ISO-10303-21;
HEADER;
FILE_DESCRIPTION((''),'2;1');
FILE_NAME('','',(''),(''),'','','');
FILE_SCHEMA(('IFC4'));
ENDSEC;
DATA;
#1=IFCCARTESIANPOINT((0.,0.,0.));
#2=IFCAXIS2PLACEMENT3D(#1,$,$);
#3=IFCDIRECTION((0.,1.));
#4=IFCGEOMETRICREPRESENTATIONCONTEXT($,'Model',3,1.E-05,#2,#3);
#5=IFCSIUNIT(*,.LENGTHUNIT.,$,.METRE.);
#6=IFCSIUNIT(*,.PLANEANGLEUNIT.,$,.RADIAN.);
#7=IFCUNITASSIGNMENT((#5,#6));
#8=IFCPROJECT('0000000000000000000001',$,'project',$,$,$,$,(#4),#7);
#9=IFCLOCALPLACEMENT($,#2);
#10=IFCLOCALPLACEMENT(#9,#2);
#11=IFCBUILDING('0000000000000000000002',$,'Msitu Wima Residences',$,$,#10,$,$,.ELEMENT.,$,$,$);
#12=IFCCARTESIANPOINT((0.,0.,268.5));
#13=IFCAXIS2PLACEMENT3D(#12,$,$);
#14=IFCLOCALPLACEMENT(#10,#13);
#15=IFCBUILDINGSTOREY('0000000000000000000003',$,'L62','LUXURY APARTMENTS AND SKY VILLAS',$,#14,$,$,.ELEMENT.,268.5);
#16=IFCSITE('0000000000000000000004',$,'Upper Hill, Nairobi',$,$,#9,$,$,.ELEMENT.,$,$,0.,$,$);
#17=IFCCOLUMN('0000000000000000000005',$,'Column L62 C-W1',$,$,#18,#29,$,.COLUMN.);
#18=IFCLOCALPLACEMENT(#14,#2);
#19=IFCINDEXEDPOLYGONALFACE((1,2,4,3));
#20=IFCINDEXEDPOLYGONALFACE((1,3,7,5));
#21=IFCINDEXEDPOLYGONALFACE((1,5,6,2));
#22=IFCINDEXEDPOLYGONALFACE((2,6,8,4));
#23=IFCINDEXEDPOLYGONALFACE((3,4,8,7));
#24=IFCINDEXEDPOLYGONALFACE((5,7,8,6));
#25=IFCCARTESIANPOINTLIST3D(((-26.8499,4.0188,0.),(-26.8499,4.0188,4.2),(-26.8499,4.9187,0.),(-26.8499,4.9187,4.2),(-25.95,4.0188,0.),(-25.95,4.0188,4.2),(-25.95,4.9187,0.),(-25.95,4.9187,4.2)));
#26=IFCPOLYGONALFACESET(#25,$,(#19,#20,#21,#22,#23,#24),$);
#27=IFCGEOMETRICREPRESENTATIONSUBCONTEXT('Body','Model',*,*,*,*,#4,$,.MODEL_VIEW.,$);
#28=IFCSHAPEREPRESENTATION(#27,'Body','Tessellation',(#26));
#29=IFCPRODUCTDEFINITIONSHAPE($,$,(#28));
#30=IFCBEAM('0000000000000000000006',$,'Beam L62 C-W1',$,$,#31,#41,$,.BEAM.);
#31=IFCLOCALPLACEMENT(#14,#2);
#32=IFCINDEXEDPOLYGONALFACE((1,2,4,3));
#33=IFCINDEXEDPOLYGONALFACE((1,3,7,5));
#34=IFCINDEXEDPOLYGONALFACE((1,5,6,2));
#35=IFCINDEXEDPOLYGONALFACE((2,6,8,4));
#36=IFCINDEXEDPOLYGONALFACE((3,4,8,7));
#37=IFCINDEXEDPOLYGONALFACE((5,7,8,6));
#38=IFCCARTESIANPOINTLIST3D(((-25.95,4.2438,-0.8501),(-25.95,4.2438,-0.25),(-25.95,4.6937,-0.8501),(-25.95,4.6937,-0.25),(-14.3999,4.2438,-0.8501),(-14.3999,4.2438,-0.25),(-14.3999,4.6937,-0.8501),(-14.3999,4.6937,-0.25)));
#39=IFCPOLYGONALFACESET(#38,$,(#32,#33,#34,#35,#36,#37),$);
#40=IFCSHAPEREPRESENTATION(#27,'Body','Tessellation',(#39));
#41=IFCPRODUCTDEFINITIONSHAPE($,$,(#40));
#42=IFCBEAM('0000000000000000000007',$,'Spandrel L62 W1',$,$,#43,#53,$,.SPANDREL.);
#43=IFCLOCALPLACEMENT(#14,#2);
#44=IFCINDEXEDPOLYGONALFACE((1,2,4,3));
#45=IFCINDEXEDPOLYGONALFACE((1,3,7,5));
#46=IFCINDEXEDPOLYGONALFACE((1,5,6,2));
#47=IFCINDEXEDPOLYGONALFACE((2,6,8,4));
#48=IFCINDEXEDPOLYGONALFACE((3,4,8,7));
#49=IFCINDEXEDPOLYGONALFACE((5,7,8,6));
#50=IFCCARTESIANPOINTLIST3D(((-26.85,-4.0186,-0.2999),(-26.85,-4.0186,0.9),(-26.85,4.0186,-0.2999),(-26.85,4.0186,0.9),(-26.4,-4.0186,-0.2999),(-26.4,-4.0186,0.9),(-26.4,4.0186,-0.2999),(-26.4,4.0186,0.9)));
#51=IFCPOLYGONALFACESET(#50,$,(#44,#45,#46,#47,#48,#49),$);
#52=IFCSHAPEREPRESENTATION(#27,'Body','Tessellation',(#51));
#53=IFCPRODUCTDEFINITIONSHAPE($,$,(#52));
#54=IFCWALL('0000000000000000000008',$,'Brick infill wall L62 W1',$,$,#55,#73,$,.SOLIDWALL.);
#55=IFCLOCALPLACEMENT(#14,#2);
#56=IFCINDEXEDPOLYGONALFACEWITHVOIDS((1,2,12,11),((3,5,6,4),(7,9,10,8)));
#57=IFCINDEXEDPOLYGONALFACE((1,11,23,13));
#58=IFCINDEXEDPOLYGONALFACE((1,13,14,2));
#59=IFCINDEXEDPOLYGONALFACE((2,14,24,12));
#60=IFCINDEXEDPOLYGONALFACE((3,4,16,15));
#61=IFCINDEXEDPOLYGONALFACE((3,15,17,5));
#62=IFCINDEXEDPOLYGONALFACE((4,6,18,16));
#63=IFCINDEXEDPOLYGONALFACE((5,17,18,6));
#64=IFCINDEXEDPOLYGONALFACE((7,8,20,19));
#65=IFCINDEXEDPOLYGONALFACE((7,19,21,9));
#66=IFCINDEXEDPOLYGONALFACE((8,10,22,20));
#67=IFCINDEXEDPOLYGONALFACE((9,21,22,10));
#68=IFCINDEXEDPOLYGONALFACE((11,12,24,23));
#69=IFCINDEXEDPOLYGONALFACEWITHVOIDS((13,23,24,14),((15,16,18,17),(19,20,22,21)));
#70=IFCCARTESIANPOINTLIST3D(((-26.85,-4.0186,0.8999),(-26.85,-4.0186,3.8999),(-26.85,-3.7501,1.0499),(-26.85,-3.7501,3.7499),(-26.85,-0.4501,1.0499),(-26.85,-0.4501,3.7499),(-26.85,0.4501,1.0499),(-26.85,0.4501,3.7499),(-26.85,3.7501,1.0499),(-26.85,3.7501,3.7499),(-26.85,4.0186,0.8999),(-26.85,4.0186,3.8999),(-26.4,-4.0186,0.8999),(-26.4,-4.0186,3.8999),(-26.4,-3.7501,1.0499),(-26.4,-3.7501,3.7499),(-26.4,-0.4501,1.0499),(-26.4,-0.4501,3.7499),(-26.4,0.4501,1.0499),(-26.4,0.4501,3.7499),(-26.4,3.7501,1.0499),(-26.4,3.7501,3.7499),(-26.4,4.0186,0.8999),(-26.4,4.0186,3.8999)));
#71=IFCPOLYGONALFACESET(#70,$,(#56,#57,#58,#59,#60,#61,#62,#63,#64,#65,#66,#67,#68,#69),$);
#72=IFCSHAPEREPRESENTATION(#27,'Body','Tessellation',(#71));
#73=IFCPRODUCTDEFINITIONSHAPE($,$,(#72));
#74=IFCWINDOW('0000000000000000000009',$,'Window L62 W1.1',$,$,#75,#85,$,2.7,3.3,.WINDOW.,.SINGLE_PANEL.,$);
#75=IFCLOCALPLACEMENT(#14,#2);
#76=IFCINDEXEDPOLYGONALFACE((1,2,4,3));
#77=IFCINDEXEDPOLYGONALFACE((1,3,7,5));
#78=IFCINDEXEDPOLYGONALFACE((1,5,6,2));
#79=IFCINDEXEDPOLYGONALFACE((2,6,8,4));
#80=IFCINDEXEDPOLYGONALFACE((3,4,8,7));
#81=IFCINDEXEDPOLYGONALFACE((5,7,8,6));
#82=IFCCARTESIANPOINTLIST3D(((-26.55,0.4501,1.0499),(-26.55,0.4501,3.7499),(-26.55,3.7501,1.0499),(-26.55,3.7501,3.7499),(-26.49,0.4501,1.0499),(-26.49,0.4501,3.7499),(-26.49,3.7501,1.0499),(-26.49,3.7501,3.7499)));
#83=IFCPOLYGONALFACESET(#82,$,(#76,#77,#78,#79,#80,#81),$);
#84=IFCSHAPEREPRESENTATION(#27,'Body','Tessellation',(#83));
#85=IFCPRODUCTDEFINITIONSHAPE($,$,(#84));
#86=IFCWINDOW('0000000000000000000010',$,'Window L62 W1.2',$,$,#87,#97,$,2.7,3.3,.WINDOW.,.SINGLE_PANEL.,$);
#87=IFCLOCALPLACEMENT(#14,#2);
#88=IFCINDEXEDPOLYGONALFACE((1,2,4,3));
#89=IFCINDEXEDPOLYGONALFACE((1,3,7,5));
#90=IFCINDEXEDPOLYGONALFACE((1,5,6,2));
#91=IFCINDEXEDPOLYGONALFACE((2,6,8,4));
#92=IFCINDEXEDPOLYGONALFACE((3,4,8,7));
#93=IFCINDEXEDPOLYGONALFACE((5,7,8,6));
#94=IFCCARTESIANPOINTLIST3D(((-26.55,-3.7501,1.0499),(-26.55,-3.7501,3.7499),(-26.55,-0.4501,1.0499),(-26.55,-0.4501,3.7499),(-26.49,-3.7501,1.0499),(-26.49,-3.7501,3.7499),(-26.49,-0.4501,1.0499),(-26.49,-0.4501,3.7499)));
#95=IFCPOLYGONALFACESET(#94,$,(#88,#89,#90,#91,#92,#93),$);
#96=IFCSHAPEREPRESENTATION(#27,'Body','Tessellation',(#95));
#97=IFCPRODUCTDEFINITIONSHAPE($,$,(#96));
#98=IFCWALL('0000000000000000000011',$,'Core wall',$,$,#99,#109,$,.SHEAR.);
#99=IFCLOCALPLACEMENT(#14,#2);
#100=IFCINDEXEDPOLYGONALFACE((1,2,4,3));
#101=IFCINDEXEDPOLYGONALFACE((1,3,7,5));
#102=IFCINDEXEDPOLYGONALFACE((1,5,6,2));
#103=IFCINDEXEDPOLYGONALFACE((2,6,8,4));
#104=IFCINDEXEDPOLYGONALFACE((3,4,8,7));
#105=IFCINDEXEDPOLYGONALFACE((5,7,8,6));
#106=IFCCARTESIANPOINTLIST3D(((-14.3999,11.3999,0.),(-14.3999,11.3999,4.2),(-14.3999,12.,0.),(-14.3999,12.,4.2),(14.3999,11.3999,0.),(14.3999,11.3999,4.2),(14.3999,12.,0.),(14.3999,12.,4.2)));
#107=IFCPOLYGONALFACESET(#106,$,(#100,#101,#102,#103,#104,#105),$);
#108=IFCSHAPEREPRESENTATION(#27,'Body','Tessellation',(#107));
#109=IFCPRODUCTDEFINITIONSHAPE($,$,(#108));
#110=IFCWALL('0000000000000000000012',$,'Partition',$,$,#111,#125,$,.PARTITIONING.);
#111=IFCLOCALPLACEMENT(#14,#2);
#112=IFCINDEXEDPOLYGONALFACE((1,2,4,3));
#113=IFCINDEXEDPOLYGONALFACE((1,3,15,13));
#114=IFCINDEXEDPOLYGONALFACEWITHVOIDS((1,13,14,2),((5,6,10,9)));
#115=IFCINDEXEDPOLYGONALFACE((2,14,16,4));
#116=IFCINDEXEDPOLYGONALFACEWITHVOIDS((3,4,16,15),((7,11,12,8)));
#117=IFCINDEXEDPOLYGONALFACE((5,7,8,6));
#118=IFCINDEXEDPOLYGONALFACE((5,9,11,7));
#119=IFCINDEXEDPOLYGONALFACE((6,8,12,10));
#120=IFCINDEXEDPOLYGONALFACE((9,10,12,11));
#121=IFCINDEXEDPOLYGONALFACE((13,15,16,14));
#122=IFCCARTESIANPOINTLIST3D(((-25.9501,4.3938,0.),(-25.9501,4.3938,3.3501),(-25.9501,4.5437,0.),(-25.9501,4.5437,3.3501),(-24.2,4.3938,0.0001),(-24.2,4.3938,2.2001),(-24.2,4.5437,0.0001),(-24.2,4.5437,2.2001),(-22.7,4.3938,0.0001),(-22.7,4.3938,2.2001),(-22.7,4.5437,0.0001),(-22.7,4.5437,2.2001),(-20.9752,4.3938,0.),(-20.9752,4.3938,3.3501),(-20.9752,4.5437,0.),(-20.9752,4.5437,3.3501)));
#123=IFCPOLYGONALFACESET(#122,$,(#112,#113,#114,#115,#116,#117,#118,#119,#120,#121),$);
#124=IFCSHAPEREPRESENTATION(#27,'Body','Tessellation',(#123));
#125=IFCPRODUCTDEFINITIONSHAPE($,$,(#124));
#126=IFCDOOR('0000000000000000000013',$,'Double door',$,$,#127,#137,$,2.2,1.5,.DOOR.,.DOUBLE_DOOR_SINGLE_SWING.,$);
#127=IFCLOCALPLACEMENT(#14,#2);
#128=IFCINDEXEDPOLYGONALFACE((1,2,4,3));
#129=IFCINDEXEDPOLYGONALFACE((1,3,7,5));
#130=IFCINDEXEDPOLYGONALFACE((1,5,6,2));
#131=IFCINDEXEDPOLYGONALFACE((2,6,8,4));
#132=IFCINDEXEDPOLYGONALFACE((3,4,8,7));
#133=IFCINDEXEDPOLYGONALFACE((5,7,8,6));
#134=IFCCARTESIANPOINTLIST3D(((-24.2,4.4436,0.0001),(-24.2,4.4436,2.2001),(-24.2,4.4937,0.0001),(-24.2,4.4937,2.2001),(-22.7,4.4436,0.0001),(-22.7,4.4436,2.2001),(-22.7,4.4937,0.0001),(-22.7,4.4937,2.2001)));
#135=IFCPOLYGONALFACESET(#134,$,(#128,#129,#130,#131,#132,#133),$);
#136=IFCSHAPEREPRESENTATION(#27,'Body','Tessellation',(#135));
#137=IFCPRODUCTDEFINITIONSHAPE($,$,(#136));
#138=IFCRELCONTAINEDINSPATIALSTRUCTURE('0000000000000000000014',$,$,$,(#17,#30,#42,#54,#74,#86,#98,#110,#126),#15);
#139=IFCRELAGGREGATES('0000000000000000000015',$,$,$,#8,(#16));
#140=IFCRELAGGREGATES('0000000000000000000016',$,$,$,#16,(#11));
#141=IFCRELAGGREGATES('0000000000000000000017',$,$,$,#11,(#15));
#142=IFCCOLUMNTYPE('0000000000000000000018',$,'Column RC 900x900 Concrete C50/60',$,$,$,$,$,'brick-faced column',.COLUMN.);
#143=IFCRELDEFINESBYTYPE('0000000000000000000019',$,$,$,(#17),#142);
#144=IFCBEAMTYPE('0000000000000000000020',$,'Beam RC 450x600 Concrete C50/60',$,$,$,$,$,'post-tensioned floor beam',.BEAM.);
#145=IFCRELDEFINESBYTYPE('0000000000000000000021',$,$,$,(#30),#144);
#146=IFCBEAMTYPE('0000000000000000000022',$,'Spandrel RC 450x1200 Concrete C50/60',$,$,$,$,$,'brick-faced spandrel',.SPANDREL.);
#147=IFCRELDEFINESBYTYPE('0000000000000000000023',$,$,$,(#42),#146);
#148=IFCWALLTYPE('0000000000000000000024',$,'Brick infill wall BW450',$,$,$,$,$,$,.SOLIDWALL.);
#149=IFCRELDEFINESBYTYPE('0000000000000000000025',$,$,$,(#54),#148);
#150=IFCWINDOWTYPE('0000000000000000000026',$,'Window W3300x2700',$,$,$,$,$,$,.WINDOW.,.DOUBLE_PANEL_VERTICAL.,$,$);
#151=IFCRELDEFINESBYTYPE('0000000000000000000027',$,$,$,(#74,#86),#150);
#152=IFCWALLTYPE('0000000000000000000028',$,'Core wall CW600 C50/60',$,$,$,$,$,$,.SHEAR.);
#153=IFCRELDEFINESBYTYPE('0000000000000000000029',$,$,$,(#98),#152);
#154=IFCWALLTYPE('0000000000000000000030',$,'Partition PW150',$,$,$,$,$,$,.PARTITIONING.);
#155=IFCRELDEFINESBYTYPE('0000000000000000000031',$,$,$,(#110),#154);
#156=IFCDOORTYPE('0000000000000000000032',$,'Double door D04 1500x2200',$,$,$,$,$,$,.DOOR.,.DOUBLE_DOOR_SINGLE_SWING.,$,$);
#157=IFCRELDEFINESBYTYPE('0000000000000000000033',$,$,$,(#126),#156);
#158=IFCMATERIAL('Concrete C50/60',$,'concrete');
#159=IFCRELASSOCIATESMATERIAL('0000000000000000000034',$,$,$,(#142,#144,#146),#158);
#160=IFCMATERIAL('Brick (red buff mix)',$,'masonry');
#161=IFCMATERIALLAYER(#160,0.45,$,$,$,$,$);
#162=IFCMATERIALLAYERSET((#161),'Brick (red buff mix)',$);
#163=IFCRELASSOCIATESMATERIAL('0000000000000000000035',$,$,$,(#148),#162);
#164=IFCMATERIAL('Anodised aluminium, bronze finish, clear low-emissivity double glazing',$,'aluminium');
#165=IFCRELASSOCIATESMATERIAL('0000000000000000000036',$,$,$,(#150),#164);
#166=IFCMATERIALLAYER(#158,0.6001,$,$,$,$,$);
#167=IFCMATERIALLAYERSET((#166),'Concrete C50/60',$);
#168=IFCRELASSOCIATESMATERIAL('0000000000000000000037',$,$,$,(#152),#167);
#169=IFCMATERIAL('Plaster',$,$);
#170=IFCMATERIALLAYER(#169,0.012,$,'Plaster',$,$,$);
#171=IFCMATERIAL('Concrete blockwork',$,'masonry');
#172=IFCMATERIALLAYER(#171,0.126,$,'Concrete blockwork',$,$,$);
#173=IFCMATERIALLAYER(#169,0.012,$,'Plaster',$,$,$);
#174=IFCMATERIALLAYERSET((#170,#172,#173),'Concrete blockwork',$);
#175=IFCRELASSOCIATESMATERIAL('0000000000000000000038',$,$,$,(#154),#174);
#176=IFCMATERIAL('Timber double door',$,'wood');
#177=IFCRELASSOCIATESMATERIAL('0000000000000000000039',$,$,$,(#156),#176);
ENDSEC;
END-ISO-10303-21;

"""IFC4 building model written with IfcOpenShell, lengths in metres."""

from ifc_helpers import new_model, si_unit, direction, frame, frame_2d, origin, origin_2d, place, context, subcontext, project, spatial, rectangle, extrude, material, layer, layer_set, material_profile, profile_set, type_object, element, fill, save


model = new_model("IFC4")

# Units and contexts
model_context = context("Model", 3, precision=1e-05, world=origin(), true_north=direction((0.0, 1.0)))
body_context = subcontext(model_context, "Body", "Model", "MODEL_VIEW")
ifc_project = project(units=[si_unit("LENGTHUNIT", "METRE"), si_unit("PLANEANGLEUNIT", "RADIAN")], contexts=[model_context])

# Site, building, storey
site_placement = place(None, origin())
site = spatial("IfcSite", under=ifc_project, at=site_placement, Name="Upper Hill, Nairobi", CompositionType="ELEMENT", RefElevation=0.0)
building_placement = place(site_placement, origin())
building = spatial("IfcBuilding", under=site, at=building_placement, Name="Msitu Wima Residences", CompositionType="ELEMENT")
storey_placement = place(building_placement, frame((0.0, 0.0, 268.5)))
storey = spatial("IfcBuildingStorey", under=building, at=storey_placement, Name="L62", Description="LUXURY APARTMENTS AND SKY VILLAS", CompositionType="ELEMENT", Elevation=268.5)

# Column
ifc_material_1 = material(Name="Concrete C50/60", Category="concrete")
ifc_material_profile_1 = material_profile(ifc_material_1, rectangle(XDim=0.8999, YDim=0.8999, at=origin_2d()), Name="RC 900x900")
ifc_profile_set_1 = profile_set([ifc_material_profile_1], Name="Concrete C50/60")
column_type = type_object("IfcColumnType", Name="Column RC 900x900 Concrete C50/60", ElementType="brick-faced column", PredefinedType="COLUMN", material=ifc_profile_set_1)
column_placement = place(storey_placement, frame((-26.3999, 4.4688, 0.0), z_axis=(0.0, 0.0, 1.0), x_axis=(0.0, -1.0, 0.0)))
element("IfcColumn", 1, at=column_placement, inside=storey, type_object=column_type, Name="Column L62 C-W1", PredefinedType="COLUMN", context=body_context, shape_type="SweptSolid", body=[
    extrude(rectangle(XDim=0.8999, YDim=0.8999, at=origin_2d()), origin(), (0.0, 0.0, 1.0), 4.2),
])

# Beams
ifc_material_profile_2 = material_profile(ifc_material_1, rectangle(XDim=0.45, YDim=0.6001, at=origin_2d()), Name="RC 450x600")
ifc_profile_set_2 = profile_set([ifc_material_profile_2], Name="Concrete C50/60")
beam_type_1 = type_object("IfcBeamType", Name="Beam RC 450x600 Concrete C50/60", ElementType="post-tensioned floor beam", PredefinedType="BEAM", material=ifc_profile_set_2)
beam_1_placement = place(storey_placement, frame((-25.95, 4.4688, -0.55), z_axis=(1.0, 0.0, 0.0), x_axis=(0.0, 1.0, 0.0)))
element("IfcBeam", 2, at=beam_1_placement, inside=storey, type_object=beam_type_1, Name="Beam L62 C-W1", PredefinedType="BEAM", context=body_context, shape_type="SweptSolid", body=[
    extrude(rectangle(XDim=0.45, YDim=0.6001, at=origin_2d()), origin(), (0.0, 0.0, 1.0), 11.55),
])
ifc_material_profile_3 = material_profile(ifc_material_1, rectangle(XDim=0.45, YDim=1.2, at=origin_2d()), Name="RC 450x1200")
ifc_profile_set_3 = profile_set([ifc_material_profile_3], Name="Concrete C50/60")
beam_type_2 = type_object("IfcBeamType", Name="Spandrel RC 450x1200 Concrete C50/60", ElementType="brick-faced spandrel", PredefinedType="SPANDREL", material=ifc_profile_set_3)
beam_2_placement = place(storey_placement, frame((-26.625, 4.0186, 0.3), z_axis=(0.0, -1.0, 0.0), x_axis=(1.0, 0.0, 0.0)))
element("IfcBeam", 3, at=beam_2_placement, inside=storey, type_object=beam_type_2, Name="Spandrel L62 W1", PredefinedType="SPANDREL", context=body_context, shape_type="SweptSolid", body=[
    extrude(rectangle(XDim=0.45, YDim=1.2, at=origin_2d()), origin(), (0.0, 0.0, 1.0), 8.0371),
])

# Wall, openings, windows
ifc_material_2 = material(Name="Brick (red buff mix)", Category="masonry")
ifc_layer_1 = layer(ifc_material_2, 0.45)
ifc_layer_set_1 = layer_set([ifc_layer_1], Name="Brick (red buff mix)")
wall_type_1 = type_object("IfcWallType", Name="Brick infill wall BW450", PredefinedType="SOLIDWALL", material=ifc_layer_set_1)
wall_1_placement = place(storey_placement, frame((-26.625, 4.0186, 0.8999), z_axis=(0.0, 0.0, 1.0), x_axis=(0.0, -1.0, 0.0)))
wall_1 = element("IfcWall", 4, at=wall_1_placement, inside=storey, type_object=wall_type_1, Name="Brick infill wall L62 W1", PredefinedType="SOLIDWALL", context=body_context, shape_type="SweptSolid", body=[
    extrude(rectangle(XDim=8.0371, YDim=0.45, at=frame_2d((4.0186, 0.0))), origin(), (0.0, 0.0, 1.0), 3.0),
])
opening_1_placement = place(wall_1_placement, frame((0.2686, 0.0, 0.1499)))
opening_1 = element("IfcOpeningElement", 5, at=opening_1_placement, cuts=wall_1, PredefinedType="OPENING", context=body_context, shape_type="SweptSolid", body=[
    extrude(rectangle(XDim=3.3, YDim=2.7, at=frame_2d((1.6499, 1.3501))), frame((0.0, 0.2349, 0.0), z_axis=(0.0, -1.0, 0.0), x_axis=(1.0, 0.0, 0.0)), (0.0, 0.0, 1.0), 0.47),
])
opening_2_placement = place(wall_1_placement, frame((4.4688, 0.0, 0.1499)))
opening_2 = element("IfcOpeningElement", 6, at=opening_2_placement, cuts=wall_1, PredefinedType="OPENING", context=body_context, shape_type="SweptSolid", body=[
    extrude(rectangle(XDim=3.3, YDim=2.7, at=frame_2d((1.6499, 1.3501))), frame((0.0, 0.2349, 0.0), z_axis=(0.0, -1.0, 0.0), x_axis=(1.0, 0.0, 0.0)), (0.0, 0.0, 1.0), 0.47),
])
ifc_material_3 = material(Name="Anodised aluminium, bronze finish, clear low-emissivity double glazing", Category="aluminium")
window_type = type_object("IfcWindowType", Name="Window W3300x2700", PartitioningType="DOUBLE_PANEL_VERTICAL", PredefinedType="WINDOW", material=ifc_material_3)
window_1_placement = place(opening_1_placement, origin())
window_1 = element("IfcWindow", 7, at=window_1_placement, inside=storey, type_object=window_type, Name="Window L62 W1.1", OverallHeight=2.7, OverallWidth=3.3, PartitioningType="SINGLE_PANEL", PredefinedType="WINDOW", context=body_context, shape_type="SweptSolid", body=[
    extrude(rectangle(XDim=3.3, YDim=2.7, at=frame_2d((1.6499, 1.3501))), frame((0.0, 0.135, 0.0), z_axis=(0.0, -1.0, 0.0), x_axis=(1.0, 0.0, 0.0)), (0.0, 0.0, 1.0), 0.0601),
])
fill(opening_1, window_1)
window_2_placement = place(opening_2_placement, origin())
window_2 = element("IfcWindow", 8, at=window_2_placement, inside=storey, type_object=window_type, Name="Window L62 W1.2", OverallHeight=2.7, OverallWidth=3.3, PartitioningType="SINGLE_PANEL", PredefinedType="WINDOW", context=body_context, shape_type="SweptSolid", body=[
    extrude(rectangle(XDim=3.3, YDim=2.7, at=frame_2d((1.6499, 1.3501))), frame((0.0, 0.135, 0.0), z_axis=(0.0, -1.0, 0.0), x_axis=(1.0, 0.0, 0.0)), (0.0, 0.0, 1.0), 0.0601),
])
fill(opening_2, window_2)

# Wall
ifc_layer_2 = layer(ifc_material_1, 0.6001)
ifc_layer_set_2 = layer_set([ifc_layer_2], Name="Concrete C50/60")
wall_type_2 = type_object("IfcWallType", Name="Core wall CW600 C50/60", PredefinedType="SHEAR", material=ifc_layer_set_2)
wall_2_placement = place(storey_placement, frame((-14.3999, 11.7, 0.0), z_axis=(0.0, 0.0, 1.0), x_axis=(1.0, 0.0, 0.0)))
element("IfcWall", 9, at=wall_2_placement, inside=storey, type_object=wall_type_2, Name="Core wall", PredefinedType="SHEAR", context=body_context, shape_type="SweptSolid", body=[
    extrude(rectangle(XDim=28.7998, YDim=0.6001, at=frame_2d((14.3999, 0.0))), origin(), (0.0, 0.0, 1.0), 4.2),
])

# Wall, opening, door
ifc_material_4 = material(Name="Plaster")
ifc_layer_3 = layer(ifc_material_4, 0.012, Name="Plaster")
ifc_material_5 = material(Name="Concrete blockwork", Category="masonry")
ifc_layer_4 = layer(ifc_material_5, 0.126, Name="Concrete blockwork")
ifc_layer_5 = layer(ifc_material_4, 0.012, Name="Plaster")
ifc_layer_set_3 = layer_set([ifc_layer_3, ifc_layer_4, ifc_layer_5], Name="Concrete blockwork")
wall_type_3 = type_object("IfcWallType", Name="Partition PW150", PredefinedType="PARTITIONING", material=ifc_layer_set_3)
wall_3_placement = place(storey_placement, frame((-25.95, 4.4688, 0.0), z_axis=(0.0, 0.0, 1.0), x_axis=(1.0, 0.0, 0.0)))
wall_3 = element("IfcWall", 10, at=wall_3_placement, inside=storey, type_object=wall_type_3, Name="Partition", PredefinedType="PARTITIONING", context=body_context, shape_type="SweptSolid", body=[
    extrude(rectangle(XDim=4.9749, YDim=0.1499, at=frame_2d((2.4873, 0.0))), origin(), (0.0, 0.0, 1.0), 3.3501),
])
opening_3_placement = place(wall_3_placement, frame((1.75, 0.0, 0.0)))
opening_3 = element("IfcOpeningElement", 11, at=opening_3_placement, cuts=wall_3, PredefinedType="OPENING", context=body_context, shape_type="SweptSolid", body=[
    extrude(rectangle(XDim=1.5, YDim=2.2, at=frame_2d((0.75, 1.1001))), frame((0.0, 0.085, 0.0), z_axis=(0.0, -1.0, 0.0), x_axis=(1.0, 0.0, 0.0)), (0.0, 0.0, 1.0), 0.1699),
])
ifc_material_6 = material(Name="Timber double door", Category="wood")
door_type_1 = type_object("IfcDoorType", Name="Double door D04 1500x2200", OperationType="DOUBLE_DOOR_SINGLE_SWING", PredefinedType="DOOR", material=ifc_material_6)
door_1_placement = place(opening_3_placement, origin())
door_1 = element("IfcDoor", 12, at=door_1_placement, inside=storey, type_object=door_type_1, Name="Double door", OperationType="DOUBLE_DOOR_SINGLE_SWING", OverallHeight=2.2, OverallWidth=1.5, PredefinedType="DOOR", context=body_context, shape_type="SweptSolid", body=[
    extrude(rectangle(XDim=1.5, YDim=2.2, at=frame_2d((0.75, 1.1001))), frame((0.0, 0.0249, 0.0), z_axis=(0.0, -1.0, 0.0), x_axis=(1.0, 0.0, 0.0)), (0.0, 0.0, 1.0), 0.05),
])
fill(opening_3, door_1)

save(model, "model.ifc")
